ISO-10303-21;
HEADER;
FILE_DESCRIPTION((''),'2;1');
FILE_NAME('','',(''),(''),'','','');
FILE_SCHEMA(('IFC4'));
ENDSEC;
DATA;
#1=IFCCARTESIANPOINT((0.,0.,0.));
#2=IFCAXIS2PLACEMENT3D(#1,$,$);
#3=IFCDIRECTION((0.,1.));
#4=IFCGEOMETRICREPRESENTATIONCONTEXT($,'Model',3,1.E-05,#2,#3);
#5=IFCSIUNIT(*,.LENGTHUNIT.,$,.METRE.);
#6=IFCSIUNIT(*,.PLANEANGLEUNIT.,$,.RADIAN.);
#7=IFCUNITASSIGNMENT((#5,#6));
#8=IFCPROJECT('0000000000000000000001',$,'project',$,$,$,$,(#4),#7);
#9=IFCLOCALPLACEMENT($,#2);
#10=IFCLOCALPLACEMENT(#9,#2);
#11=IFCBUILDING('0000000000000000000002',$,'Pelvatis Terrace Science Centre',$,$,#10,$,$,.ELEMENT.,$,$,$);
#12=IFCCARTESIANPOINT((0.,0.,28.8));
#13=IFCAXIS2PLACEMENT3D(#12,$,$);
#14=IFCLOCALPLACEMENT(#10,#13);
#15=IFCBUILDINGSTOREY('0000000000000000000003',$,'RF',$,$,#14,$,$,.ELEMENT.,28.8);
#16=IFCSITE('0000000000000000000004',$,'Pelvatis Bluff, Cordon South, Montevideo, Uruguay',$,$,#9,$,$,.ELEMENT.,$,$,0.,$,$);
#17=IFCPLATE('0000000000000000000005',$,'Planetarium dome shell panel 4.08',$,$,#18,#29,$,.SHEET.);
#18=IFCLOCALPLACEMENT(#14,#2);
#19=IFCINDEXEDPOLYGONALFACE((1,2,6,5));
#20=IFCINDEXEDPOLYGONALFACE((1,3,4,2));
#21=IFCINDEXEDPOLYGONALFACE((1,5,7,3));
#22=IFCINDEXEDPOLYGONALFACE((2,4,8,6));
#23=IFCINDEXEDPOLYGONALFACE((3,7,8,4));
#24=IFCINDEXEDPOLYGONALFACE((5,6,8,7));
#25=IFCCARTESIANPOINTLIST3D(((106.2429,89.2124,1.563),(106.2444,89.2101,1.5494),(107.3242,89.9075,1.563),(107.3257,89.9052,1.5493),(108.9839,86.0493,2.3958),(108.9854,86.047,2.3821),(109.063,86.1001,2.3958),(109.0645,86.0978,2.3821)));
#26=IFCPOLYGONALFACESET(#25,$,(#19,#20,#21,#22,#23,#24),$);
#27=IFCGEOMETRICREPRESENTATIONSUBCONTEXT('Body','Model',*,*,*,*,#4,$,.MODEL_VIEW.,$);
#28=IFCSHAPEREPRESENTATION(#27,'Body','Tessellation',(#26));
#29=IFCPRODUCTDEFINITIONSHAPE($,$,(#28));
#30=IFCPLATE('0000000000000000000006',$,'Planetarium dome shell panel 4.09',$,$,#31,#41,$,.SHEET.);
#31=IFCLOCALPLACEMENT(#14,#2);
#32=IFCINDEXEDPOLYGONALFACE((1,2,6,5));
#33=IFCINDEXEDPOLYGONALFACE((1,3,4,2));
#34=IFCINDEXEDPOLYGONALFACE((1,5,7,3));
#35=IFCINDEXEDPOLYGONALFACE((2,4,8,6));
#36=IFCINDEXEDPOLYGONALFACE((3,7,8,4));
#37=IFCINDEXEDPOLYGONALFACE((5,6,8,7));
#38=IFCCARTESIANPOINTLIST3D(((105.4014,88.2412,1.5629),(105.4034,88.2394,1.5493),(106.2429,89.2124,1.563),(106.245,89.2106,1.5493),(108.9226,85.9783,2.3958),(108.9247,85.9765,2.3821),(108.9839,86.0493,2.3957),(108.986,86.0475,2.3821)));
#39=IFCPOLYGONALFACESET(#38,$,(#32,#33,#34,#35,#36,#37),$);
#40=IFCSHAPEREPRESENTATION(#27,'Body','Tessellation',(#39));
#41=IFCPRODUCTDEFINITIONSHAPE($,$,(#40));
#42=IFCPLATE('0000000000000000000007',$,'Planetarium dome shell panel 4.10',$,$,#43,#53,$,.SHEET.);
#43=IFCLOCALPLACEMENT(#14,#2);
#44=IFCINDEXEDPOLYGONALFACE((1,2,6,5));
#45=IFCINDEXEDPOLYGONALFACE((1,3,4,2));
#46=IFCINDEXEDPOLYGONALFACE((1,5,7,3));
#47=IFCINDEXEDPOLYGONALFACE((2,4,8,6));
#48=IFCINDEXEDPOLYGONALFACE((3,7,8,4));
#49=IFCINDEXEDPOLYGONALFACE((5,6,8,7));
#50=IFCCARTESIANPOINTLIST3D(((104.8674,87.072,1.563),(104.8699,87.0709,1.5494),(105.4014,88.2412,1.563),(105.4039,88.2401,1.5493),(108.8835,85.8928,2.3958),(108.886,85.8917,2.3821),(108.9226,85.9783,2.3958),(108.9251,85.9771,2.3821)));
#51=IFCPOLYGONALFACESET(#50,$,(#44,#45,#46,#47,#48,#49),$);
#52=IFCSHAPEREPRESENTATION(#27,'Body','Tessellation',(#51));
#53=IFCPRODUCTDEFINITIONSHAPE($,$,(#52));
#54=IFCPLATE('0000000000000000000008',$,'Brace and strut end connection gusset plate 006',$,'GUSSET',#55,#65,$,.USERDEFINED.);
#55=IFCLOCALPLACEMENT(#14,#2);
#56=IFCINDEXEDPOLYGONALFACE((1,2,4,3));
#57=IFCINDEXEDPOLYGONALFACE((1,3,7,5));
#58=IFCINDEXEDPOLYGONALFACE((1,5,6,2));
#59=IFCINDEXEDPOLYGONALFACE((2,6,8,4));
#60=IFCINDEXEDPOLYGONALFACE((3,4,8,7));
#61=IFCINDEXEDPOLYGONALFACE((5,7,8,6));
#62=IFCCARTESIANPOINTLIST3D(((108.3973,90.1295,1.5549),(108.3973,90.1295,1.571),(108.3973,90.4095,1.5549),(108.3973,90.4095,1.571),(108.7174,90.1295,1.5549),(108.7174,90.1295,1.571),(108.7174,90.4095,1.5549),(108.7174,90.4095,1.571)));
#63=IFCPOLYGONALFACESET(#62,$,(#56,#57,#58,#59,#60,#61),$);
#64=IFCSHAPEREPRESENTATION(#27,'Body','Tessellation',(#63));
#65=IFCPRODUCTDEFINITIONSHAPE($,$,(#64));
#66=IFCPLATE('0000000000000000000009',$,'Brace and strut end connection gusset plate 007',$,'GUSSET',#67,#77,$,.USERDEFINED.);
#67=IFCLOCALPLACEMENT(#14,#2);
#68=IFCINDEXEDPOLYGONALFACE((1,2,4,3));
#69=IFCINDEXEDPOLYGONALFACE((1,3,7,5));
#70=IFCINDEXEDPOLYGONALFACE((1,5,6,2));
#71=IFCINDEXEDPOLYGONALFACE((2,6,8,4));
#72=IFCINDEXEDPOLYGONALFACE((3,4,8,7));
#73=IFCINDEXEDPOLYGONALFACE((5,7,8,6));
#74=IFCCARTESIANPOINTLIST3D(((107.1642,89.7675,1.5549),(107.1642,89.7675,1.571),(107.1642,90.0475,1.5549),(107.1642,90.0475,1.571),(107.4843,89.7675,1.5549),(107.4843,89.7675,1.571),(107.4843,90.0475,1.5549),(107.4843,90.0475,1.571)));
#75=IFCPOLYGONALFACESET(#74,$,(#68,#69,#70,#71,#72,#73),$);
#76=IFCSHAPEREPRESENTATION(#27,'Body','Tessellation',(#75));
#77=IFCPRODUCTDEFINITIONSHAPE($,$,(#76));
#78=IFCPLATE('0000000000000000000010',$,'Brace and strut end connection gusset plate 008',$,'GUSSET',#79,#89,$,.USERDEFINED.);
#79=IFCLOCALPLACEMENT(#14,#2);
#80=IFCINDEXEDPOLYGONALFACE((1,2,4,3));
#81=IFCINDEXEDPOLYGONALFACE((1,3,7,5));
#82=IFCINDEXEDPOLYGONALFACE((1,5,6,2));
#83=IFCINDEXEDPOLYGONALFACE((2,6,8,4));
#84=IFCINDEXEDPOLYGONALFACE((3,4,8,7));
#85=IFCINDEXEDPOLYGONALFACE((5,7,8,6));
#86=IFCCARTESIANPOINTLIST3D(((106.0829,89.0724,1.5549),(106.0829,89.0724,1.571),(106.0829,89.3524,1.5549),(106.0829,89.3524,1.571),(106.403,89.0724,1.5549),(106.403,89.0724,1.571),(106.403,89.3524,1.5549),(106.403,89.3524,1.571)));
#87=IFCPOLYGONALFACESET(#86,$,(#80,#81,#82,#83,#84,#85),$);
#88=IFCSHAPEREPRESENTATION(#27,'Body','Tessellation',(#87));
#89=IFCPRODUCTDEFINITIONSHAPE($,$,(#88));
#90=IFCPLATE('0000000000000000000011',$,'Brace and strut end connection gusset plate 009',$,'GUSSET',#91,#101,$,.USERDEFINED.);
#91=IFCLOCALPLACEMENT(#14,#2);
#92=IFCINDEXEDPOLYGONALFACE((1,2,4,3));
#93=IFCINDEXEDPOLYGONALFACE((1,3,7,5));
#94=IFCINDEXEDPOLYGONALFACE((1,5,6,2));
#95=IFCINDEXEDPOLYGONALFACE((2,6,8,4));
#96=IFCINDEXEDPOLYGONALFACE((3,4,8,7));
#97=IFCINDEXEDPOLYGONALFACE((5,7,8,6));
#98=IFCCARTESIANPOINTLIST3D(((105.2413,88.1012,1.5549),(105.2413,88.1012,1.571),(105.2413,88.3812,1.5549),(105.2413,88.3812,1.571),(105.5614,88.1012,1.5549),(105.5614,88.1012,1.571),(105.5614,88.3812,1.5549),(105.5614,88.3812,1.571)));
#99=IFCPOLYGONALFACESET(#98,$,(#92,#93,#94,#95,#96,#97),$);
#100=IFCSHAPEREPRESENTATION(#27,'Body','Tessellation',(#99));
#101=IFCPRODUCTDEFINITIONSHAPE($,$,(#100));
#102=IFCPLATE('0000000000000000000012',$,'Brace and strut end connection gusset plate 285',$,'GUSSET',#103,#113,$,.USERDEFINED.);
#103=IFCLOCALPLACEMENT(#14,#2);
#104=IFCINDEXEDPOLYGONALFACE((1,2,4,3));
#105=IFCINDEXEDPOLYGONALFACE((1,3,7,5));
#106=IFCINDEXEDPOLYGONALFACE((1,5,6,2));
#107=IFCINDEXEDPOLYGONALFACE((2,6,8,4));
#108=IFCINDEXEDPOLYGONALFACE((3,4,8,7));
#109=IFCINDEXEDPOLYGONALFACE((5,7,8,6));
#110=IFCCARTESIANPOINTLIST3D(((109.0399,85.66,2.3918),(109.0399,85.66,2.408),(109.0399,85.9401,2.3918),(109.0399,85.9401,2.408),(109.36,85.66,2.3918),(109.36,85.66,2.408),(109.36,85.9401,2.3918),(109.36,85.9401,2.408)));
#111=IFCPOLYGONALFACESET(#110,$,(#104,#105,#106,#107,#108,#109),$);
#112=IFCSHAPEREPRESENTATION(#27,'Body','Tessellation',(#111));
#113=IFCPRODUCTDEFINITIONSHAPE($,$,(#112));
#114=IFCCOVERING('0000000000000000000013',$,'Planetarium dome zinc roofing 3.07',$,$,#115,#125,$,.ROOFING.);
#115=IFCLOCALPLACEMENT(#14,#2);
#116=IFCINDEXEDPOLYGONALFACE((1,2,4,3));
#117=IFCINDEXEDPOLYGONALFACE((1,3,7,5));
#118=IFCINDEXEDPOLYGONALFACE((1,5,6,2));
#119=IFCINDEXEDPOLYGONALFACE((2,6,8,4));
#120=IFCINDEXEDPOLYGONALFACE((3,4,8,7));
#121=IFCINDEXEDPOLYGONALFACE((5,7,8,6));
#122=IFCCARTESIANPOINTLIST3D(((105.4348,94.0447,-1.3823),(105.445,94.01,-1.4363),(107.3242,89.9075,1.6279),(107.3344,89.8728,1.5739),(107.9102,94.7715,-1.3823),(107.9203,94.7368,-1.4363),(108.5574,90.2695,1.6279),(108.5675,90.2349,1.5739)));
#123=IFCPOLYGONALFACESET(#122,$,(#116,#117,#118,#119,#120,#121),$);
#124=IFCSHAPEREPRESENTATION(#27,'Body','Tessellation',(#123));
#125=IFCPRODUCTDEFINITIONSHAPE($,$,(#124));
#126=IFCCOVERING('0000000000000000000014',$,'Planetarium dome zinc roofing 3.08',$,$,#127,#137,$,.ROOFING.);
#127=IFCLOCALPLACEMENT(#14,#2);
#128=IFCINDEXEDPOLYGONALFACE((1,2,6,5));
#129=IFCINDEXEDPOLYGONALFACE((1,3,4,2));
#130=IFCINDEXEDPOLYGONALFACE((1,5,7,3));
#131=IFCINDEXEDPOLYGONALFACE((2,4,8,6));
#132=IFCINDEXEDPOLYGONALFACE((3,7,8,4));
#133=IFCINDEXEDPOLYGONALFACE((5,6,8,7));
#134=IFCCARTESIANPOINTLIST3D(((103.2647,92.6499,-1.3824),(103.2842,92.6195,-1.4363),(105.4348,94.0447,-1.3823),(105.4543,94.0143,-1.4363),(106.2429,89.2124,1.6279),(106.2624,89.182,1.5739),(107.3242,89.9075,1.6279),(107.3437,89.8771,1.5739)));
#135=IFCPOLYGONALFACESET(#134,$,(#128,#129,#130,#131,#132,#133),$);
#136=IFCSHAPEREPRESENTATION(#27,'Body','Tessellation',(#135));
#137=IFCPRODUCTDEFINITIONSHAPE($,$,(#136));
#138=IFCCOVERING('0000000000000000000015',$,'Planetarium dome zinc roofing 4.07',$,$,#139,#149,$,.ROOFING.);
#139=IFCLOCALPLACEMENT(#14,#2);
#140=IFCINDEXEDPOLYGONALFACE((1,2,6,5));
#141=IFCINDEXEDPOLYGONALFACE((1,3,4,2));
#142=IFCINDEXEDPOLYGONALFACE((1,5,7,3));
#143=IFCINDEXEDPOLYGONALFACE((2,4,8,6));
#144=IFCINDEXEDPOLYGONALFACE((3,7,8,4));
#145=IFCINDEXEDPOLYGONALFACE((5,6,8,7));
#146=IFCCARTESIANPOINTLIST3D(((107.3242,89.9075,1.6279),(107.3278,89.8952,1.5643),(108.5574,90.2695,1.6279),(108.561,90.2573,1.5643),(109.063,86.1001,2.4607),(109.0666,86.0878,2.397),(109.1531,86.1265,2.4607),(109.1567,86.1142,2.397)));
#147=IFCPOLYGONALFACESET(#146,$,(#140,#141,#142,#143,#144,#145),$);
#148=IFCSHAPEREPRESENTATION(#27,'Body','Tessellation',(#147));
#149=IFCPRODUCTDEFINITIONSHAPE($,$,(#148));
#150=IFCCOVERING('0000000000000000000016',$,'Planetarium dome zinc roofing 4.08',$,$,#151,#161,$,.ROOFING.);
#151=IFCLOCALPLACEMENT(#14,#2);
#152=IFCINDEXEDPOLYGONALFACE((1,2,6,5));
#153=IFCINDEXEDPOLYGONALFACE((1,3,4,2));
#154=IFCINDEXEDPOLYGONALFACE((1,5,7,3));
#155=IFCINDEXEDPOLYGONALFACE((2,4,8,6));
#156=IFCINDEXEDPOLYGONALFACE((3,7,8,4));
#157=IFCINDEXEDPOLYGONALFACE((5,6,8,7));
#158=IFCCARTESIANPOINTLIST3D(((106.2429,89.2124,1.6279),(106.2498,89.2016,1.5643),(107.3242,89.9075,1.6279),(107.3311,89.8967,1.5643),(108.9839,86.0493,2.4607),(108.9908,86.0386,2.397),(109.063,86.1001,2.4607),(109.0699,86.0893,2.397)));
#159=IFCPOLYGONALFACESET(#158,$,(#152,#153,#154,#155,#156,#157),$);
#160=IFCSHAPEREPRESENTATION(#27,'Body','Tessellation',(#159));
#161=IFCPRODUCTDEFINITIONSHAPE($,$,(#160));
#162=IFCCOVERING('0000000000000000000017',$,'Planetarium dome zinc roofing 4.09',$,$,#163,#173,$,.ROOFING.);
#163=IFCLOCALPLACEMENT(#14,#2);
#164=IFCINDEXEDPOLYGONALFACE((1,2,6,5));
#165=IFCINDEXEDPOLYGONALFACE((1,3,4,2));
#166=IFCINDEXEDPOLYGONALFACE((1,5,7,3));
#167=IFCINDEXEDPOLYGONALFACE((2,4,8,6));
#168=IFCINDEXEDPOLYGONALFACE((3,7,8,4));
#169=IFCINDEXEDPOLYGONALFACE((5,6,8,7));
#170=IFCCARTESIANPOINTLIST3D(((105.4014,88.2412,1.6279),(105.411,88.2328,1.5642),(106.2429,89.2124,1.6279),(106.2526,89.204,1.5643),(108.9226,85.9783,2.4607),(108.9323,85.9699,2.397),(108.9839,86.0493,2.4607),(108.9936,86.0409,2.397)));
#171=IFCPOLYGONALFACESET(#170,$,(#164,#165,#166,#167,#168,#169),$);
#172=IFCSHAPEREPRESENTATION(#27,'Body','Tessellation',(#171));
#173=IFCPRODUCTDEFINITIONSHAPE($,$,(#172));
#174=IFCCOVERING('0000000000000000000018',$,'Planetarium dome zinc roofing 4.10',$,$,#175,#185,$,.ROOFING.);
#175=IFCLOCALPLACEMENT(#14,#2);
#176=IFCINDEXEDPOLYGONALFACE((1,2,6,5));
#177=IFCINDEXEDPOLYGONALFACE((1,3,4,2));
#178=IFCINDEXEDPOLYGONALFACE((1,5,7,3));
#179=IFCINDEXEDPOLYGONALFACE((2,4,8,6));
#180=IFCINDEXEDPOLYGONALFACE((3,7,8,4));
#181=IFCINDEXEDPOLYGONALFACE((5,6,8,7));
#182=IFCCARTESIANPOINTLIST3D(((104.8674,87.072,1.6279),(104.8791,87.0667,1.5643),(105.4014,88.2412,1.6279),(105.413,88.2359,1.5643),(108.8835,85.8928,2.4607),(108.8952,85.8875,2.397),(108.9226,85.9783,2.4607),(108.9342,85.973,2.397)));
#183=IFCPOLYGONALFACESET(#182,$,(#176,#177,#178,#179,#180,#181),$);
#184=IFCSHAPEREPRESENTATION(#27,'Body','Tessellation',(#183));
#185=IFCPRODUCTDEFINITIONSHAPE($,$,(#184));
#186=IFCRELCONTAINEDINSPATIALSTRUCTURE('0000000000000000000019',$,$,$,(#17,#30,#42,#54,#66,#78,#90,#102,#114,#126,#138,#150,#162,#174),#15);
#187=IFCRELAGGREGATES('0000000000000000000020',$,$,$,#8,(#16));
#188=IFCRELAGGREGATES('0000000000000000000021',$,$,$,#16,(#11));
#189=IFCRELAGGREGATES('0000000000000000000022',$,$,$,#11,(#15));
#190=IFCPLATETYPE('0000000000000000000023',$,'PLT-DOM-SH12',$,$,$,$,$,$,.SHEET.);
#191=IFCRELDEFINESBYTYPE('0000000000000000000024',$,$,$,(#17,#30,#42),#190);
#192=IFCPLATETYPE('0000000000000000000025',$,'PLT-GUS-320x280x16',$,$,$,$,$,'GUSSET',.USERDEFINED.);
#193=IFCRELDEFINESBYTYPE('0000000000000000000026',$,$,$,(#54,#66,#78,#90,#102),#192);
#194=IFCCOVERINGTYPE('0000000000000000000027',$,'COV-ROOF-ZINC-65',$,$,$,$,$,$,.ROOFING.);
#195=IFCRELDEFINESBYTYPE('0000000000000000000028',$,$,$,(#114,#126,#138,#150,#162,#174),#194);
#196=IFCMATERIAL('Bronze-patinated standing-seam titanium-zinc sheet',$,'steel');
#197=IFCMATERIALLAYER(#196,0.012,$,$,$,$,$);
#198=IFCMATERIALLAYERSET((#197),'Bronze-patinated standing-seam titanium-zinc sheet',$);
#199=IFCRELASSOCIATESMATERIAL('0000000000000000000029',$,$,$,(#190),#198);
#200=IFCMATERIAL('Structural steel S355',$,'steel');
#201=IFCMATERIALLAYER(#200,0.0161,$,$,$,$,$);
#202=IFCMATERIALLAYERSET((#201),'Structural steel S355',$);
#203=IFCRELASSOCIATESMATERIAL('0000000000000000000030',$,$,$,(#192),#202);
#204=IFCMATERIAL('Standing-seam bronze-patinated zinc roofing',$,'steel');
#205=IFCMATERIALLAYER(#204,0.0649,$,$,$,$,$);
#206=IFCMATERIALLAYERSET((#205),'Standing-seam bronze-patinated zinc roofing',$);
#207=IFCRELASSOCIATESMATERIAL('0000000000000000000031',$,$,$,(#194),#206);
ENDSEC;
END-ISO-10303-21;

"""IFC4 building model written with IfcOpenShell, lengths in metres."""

from ifc_helpers import new_model, si_unit, direction, frame, origin, origin_2d, place, context, subcontext, project, spatial, polyline, rectangle, outline, extrude, material, layer, layer_set, type_object, element, save


model = new_model("IFC4")

# Units and contexts
model_context = context("Model", 3, precision=1e-05, world=origin(), true_north=direction((0.0, 1.0)))
body_context = subcontext(model_context, "Body", "Model", "MODEL_VIEW")
ifc_project = project(units=[si_unit("LENGTHUNIT", "METRE"), si_unit("PLANEANGLEUNIT", "RADIAN")], contexts=[model_context])

# Site, building, storey
site_placement = place(None, origin())
site = spatial("IfcSite", under=ifc_project, at=site_placement, Name="Pelvatis Bluff, Cordon South, Montevideo, Uruguay", CompositionType="ELEMENT", RefElevation=0.0)
building_placement = place(site_placement, origin())
building = spatial("IfcBuilding", under=site, at=building_placement, Name="Pelvatis Terrace Science Centre", CompositionType="ELEMENT")
storey_placement = place(building_placement, frame((0.0, 0.0, 28.8)))
storey = spatial("IfcBuildingStorey", under=building, at=storey_placement, Name="RF", CompositionType="ELEMENT", Elevation=28.8)

# Plates
ifc_material_1 = material(Name="Bronze-patinated standing-seam titanium-zinc sheet", Category="steel")
ifc_layer_1 = layer(ifc_material_1, 0.012)
ifc_layer_set_1 = layer_set([ifc_layer_1], Name="Bronze-patinated standing-seam titanium-zinc sheet")
plate_type_1 = type_object("IfcPlateType", Name="PLT-DOM-SH12", PredefinedType="SHEET", material=ifc_layer_set_1)
plate_1_placement = place(storey_placement, frame((107.3242, 89.9075, 1.563), z_axis=(-0.106553, 0.165776, 0.98039), x_axis=(-0.841198, -0.540727, 0.000008)))
element("IfcPlate", 1, at=plate_1_placement, inside=storey, type_object=plate_type_1, Name="Planetarium dome shell panel 4.08", PredefinedType="SHEET", context=body_context, shape_type="SweptSolid", body=[
    extrude(outline(polyline([(0.0, 0.0), (1.2854, 0.0), (0.6901, 4.2258), (0.5961, 4.2258), (0.0, 0.0)])), origin(), (0.0, 0.0, -1.0), 0.0139),
])
plate_2_placement = place(storey_placement, frame((106.2429, 89.2124, 1.563), z_axis=(-0.148951, 0.129028, 0.980391), x_axis=(-0.654861, -0.755749, -0.00003)))
element("IfcPlate", 2, at=plate_2_placement, inside=storey, type_object=plate_type_1, Name="Planetarium dome shell panel 4.09", PredefinedType="SHEET", context=body_context, shape_type="SweptSolid", body=[
    extrude(outline(polyline([(0.0, 0.0), (1.2851, 0.0), (0.6893, 4.2259), (0.5955, 4.2257), (0.0, 0.0)])), origin(), (0.0, 0.0, -1.0), 0.0139),
])
plate_3_placement = place(storey_placement, frame((105.4014, 88.2412, 1.563), z_axis=(-0.179251, 0.081865, 0.980391), x_axis=(-0.415406, -0.909636, 0.000005)))
element("IfcPlate", 3, at=plate_3_placement, inside=storey, type_object=plate_type_1, Name="Planetarium dome shell panel 4.10", PredefinedType="SHEET", context=body_context, shape_type="SweptSolid", body=[
    extrude(outline(polyline([(0.0, 0.0), (1.2853, 0.0), (0.6897, 4.2259), (0.5957, 4.2259), (0.0, 0.0)])), origin(), (0.0, 0.0, -1.0), 0.0139),
])
ifc_material_2 = material(Name="Structural steel S355", Category="steel")
ifc_layer_2 = layer(ifc_material_2, 0.0161)
ifc_layer_set_2 = layer_set([ifc_layer_2], Name="Structural steel S355")
plate_type_2 = type_object("IfcPlateType", Name="PLT-GUS-320x280x16", ElementType="GUSSET", PredefinedType="USERDEFINED", material=ifc_layer_set_2)
for number, where, z_axis, x_axis, name in (
    (4, (108.5574, 90.2695, 1.5549), (0.0, 0.0, 1.0), (1.0, 0.0, 0.0), "Brace and strut end connection gusset plate 006"),
    (5, (107.3242, 89.9075, 1.5549), (0.0, 0.0, 1.0), (1.0, 0.0, 0.0), "Brace and strut end connection gusset plate 007"),
    (6, (106.2429, 89.2124, 1.5549), (0.0, 0.0, 1.0), (1.0, 0.0, 0.0), "Brace and strut end connection gusset plate 008"),
    (7, (105.4014, 88.2412, 1.5549), (0.0, 0.0, 1.0), (1.0, 0.0, 0.0), "Brace and strut end connection gusset plate 009"),
    (8, (109.2, 85.8, 2.3918), (0.0, 0.0, 1.0), (1.0, 0.0, 0.0), "Brace and strut end connection gusset plate 285"),
):
    element("IfcPlate", number, at=place(storey_placement, frame(where, z_axis=z_axis, x_axis=x_axis)), inside=storey, type_object=plate_type_2, Name=name, ObjectType="GUSSET", PredefinedType="USERDEFINED", context=body_context, shape_type="SweptSolid", body=[
        extrude(rectangle(XDim=0.3201, YDim=0.28, at=origin_2d()), origin(), (0.0, 0.0, 1.0), 0.0161),
    ])

# Coverings
ifc_material_3 = material(Name="Standing-seam bronze-patinated zinc roofing", Category="steel")
ifc_layer_3 = layer(ifc_material_3, 0.0649)
ifc_layer_set_3 = layer_set([ifc_layer_3], Name="Standing-seam bronze-patinated zinc roofing")
covering_type = type_object("IfcCoveringType", Name="COV-ROOF-ZINC-65", PredefinedType="ROOFING", material=ifc_layer_set_3)
covering_1_placement = place(storey_placement, frame((107.9102, 94.7715, -1.3823), z_axis=(-0.156594, 0.533332, 0.831285), x_axis=(-0.959495, -0.281724, 0.000002)))
element("IfcCovering", 9, at=covering_1_placement, inside=storey, type_object=covering_type, Name="Planetarium dome zinc roofing 3.07", PredefinedType="ROOFING", context=body_context, shape_type="SweptSolid", body=[
    extrude(outline(polyline([(0.0, 0.0), (2.5798, 0.0), (1.9325, 5.4156), (0.6473, 5.4156), (0.0, 0.0)])), origin(), (0.0, 0.0, -1.0), 0.0649),
])
covering_2_placement = place(storey_placement, frame((105.4348, 94.0447, -1.3823), z_axis=(-0.300538, 0.467589, 0.831287), x_axis=(-0.841233, -0.540673, -0.000011)))
element("IfcCovering", 10, at=covering_2_placement, inside=storey, type_object=covering_type, Name="Planetarium dome zinc roofing 3.08", PredefinedType="ROOFING", context=body_context, shape_type="SweptSolid", body=[
    extrude(outline(polyline([(0.0, 0.0), (2.5797, 0.0), (1.9328, 5.4157), (0.6474, 5.4156), (0.0, 0.0)])), origin(), (0.0, 0.0, -1.0), 0.0649),
])
covering_3_placement = place(storey_placement, frame((108.5574, 90.2695, 1.6279), z_axis=(-0.055504, 0.189083, 0.980391), x_axis=(-0.959499, -0.281712, 0.000011)))
element("IfcCovering", 11, at=covering_3_placement, inside=storey, type_object=covering_type, Name="Planetarium dome zinc roofing 4.07", PredefinedType="ROOFING", context=body_context, shape_type="SweptSolid", body=[
    extrude(outline(polyline([(0.0, 0.0), (1.2852, 0.0), (0.6894, 4.2259), (0.5956, 4.2259), (0.0, 0.0)])), origin(), (0.0, 0.0, -1.0), 0.0649),
])
covering_4_placement = place(storey_placement, frame((107.3242, 89.9075, 1.6279), z_axis=(-0.106553, 0.165776, 0.98039), x_axis=(-0.841198, -0.540727, 0.000008)))
element("IfcCovering", 12, at=covering_4_placement, inside=storey, type_object=covering_type, Name="Planetarium dome zinc roofing 4.08", PredefinedType="ROOFING", context=body_context, shape_type="SweptSolid", body=[
    extrude(outline(polyline([(0.0, 0.0), (1.2854, 0.0), (0.6901, 4.2258), (0.5961, 4.2258), (0.0, 0.0)])), origin(), (0.0, 0.0, -1.0), 0.0649),
])
covering_5_placement = place(storey_placement, frame((106.2429, 89.2124, 1.6279), z_axis=(-0.148951, 0.129028, 0.980391), x_axis=(-0.654861, -0.755749, -0.00003)))
element("IfcCovering", 13, at=covering_5_placement, inside=storey, type_object=covering_type, Name="Planetarium dome zinc roofing 4.09", PredefinedType="ROOFING", context=body_context, shape_type="SweptSolid", body=[
    extrude(outline(polyline([(0.0, 0.0), (1.2851, 0.0), (0.6893, 4.2259), (0.5955, 4.2257), (0.0, 0.0)])), origin(), (0.0, 0.0, -1.0), 0.0649),
])
covering_6_placement = place(storey_placement, frame((105.4014, 88.2412, 1.6279), z_axis=(-0.179251, 0.081865, 0.980391), x_axis=(-0.415406, -0.909636, 0.000005)))
element("IfcCovering", 14, at=covering_6_placement, inside=storey, type_object=covering_type, Name="Planetarium dome zinc roofing 4.10", PredefinedType="ROOFING", context=body_context, shape_type="SweptSolid", body=[
    extrude(outline(polyline([(0.0, 0.0), (1.2853, 0.0), (0.6897, 4.2259), (0.5957, 4.2259), (0.0, 0.0)])), origin(), (0.0, 0.0, -1.0), 0.0649),
])

save(model, "model.ifc")
